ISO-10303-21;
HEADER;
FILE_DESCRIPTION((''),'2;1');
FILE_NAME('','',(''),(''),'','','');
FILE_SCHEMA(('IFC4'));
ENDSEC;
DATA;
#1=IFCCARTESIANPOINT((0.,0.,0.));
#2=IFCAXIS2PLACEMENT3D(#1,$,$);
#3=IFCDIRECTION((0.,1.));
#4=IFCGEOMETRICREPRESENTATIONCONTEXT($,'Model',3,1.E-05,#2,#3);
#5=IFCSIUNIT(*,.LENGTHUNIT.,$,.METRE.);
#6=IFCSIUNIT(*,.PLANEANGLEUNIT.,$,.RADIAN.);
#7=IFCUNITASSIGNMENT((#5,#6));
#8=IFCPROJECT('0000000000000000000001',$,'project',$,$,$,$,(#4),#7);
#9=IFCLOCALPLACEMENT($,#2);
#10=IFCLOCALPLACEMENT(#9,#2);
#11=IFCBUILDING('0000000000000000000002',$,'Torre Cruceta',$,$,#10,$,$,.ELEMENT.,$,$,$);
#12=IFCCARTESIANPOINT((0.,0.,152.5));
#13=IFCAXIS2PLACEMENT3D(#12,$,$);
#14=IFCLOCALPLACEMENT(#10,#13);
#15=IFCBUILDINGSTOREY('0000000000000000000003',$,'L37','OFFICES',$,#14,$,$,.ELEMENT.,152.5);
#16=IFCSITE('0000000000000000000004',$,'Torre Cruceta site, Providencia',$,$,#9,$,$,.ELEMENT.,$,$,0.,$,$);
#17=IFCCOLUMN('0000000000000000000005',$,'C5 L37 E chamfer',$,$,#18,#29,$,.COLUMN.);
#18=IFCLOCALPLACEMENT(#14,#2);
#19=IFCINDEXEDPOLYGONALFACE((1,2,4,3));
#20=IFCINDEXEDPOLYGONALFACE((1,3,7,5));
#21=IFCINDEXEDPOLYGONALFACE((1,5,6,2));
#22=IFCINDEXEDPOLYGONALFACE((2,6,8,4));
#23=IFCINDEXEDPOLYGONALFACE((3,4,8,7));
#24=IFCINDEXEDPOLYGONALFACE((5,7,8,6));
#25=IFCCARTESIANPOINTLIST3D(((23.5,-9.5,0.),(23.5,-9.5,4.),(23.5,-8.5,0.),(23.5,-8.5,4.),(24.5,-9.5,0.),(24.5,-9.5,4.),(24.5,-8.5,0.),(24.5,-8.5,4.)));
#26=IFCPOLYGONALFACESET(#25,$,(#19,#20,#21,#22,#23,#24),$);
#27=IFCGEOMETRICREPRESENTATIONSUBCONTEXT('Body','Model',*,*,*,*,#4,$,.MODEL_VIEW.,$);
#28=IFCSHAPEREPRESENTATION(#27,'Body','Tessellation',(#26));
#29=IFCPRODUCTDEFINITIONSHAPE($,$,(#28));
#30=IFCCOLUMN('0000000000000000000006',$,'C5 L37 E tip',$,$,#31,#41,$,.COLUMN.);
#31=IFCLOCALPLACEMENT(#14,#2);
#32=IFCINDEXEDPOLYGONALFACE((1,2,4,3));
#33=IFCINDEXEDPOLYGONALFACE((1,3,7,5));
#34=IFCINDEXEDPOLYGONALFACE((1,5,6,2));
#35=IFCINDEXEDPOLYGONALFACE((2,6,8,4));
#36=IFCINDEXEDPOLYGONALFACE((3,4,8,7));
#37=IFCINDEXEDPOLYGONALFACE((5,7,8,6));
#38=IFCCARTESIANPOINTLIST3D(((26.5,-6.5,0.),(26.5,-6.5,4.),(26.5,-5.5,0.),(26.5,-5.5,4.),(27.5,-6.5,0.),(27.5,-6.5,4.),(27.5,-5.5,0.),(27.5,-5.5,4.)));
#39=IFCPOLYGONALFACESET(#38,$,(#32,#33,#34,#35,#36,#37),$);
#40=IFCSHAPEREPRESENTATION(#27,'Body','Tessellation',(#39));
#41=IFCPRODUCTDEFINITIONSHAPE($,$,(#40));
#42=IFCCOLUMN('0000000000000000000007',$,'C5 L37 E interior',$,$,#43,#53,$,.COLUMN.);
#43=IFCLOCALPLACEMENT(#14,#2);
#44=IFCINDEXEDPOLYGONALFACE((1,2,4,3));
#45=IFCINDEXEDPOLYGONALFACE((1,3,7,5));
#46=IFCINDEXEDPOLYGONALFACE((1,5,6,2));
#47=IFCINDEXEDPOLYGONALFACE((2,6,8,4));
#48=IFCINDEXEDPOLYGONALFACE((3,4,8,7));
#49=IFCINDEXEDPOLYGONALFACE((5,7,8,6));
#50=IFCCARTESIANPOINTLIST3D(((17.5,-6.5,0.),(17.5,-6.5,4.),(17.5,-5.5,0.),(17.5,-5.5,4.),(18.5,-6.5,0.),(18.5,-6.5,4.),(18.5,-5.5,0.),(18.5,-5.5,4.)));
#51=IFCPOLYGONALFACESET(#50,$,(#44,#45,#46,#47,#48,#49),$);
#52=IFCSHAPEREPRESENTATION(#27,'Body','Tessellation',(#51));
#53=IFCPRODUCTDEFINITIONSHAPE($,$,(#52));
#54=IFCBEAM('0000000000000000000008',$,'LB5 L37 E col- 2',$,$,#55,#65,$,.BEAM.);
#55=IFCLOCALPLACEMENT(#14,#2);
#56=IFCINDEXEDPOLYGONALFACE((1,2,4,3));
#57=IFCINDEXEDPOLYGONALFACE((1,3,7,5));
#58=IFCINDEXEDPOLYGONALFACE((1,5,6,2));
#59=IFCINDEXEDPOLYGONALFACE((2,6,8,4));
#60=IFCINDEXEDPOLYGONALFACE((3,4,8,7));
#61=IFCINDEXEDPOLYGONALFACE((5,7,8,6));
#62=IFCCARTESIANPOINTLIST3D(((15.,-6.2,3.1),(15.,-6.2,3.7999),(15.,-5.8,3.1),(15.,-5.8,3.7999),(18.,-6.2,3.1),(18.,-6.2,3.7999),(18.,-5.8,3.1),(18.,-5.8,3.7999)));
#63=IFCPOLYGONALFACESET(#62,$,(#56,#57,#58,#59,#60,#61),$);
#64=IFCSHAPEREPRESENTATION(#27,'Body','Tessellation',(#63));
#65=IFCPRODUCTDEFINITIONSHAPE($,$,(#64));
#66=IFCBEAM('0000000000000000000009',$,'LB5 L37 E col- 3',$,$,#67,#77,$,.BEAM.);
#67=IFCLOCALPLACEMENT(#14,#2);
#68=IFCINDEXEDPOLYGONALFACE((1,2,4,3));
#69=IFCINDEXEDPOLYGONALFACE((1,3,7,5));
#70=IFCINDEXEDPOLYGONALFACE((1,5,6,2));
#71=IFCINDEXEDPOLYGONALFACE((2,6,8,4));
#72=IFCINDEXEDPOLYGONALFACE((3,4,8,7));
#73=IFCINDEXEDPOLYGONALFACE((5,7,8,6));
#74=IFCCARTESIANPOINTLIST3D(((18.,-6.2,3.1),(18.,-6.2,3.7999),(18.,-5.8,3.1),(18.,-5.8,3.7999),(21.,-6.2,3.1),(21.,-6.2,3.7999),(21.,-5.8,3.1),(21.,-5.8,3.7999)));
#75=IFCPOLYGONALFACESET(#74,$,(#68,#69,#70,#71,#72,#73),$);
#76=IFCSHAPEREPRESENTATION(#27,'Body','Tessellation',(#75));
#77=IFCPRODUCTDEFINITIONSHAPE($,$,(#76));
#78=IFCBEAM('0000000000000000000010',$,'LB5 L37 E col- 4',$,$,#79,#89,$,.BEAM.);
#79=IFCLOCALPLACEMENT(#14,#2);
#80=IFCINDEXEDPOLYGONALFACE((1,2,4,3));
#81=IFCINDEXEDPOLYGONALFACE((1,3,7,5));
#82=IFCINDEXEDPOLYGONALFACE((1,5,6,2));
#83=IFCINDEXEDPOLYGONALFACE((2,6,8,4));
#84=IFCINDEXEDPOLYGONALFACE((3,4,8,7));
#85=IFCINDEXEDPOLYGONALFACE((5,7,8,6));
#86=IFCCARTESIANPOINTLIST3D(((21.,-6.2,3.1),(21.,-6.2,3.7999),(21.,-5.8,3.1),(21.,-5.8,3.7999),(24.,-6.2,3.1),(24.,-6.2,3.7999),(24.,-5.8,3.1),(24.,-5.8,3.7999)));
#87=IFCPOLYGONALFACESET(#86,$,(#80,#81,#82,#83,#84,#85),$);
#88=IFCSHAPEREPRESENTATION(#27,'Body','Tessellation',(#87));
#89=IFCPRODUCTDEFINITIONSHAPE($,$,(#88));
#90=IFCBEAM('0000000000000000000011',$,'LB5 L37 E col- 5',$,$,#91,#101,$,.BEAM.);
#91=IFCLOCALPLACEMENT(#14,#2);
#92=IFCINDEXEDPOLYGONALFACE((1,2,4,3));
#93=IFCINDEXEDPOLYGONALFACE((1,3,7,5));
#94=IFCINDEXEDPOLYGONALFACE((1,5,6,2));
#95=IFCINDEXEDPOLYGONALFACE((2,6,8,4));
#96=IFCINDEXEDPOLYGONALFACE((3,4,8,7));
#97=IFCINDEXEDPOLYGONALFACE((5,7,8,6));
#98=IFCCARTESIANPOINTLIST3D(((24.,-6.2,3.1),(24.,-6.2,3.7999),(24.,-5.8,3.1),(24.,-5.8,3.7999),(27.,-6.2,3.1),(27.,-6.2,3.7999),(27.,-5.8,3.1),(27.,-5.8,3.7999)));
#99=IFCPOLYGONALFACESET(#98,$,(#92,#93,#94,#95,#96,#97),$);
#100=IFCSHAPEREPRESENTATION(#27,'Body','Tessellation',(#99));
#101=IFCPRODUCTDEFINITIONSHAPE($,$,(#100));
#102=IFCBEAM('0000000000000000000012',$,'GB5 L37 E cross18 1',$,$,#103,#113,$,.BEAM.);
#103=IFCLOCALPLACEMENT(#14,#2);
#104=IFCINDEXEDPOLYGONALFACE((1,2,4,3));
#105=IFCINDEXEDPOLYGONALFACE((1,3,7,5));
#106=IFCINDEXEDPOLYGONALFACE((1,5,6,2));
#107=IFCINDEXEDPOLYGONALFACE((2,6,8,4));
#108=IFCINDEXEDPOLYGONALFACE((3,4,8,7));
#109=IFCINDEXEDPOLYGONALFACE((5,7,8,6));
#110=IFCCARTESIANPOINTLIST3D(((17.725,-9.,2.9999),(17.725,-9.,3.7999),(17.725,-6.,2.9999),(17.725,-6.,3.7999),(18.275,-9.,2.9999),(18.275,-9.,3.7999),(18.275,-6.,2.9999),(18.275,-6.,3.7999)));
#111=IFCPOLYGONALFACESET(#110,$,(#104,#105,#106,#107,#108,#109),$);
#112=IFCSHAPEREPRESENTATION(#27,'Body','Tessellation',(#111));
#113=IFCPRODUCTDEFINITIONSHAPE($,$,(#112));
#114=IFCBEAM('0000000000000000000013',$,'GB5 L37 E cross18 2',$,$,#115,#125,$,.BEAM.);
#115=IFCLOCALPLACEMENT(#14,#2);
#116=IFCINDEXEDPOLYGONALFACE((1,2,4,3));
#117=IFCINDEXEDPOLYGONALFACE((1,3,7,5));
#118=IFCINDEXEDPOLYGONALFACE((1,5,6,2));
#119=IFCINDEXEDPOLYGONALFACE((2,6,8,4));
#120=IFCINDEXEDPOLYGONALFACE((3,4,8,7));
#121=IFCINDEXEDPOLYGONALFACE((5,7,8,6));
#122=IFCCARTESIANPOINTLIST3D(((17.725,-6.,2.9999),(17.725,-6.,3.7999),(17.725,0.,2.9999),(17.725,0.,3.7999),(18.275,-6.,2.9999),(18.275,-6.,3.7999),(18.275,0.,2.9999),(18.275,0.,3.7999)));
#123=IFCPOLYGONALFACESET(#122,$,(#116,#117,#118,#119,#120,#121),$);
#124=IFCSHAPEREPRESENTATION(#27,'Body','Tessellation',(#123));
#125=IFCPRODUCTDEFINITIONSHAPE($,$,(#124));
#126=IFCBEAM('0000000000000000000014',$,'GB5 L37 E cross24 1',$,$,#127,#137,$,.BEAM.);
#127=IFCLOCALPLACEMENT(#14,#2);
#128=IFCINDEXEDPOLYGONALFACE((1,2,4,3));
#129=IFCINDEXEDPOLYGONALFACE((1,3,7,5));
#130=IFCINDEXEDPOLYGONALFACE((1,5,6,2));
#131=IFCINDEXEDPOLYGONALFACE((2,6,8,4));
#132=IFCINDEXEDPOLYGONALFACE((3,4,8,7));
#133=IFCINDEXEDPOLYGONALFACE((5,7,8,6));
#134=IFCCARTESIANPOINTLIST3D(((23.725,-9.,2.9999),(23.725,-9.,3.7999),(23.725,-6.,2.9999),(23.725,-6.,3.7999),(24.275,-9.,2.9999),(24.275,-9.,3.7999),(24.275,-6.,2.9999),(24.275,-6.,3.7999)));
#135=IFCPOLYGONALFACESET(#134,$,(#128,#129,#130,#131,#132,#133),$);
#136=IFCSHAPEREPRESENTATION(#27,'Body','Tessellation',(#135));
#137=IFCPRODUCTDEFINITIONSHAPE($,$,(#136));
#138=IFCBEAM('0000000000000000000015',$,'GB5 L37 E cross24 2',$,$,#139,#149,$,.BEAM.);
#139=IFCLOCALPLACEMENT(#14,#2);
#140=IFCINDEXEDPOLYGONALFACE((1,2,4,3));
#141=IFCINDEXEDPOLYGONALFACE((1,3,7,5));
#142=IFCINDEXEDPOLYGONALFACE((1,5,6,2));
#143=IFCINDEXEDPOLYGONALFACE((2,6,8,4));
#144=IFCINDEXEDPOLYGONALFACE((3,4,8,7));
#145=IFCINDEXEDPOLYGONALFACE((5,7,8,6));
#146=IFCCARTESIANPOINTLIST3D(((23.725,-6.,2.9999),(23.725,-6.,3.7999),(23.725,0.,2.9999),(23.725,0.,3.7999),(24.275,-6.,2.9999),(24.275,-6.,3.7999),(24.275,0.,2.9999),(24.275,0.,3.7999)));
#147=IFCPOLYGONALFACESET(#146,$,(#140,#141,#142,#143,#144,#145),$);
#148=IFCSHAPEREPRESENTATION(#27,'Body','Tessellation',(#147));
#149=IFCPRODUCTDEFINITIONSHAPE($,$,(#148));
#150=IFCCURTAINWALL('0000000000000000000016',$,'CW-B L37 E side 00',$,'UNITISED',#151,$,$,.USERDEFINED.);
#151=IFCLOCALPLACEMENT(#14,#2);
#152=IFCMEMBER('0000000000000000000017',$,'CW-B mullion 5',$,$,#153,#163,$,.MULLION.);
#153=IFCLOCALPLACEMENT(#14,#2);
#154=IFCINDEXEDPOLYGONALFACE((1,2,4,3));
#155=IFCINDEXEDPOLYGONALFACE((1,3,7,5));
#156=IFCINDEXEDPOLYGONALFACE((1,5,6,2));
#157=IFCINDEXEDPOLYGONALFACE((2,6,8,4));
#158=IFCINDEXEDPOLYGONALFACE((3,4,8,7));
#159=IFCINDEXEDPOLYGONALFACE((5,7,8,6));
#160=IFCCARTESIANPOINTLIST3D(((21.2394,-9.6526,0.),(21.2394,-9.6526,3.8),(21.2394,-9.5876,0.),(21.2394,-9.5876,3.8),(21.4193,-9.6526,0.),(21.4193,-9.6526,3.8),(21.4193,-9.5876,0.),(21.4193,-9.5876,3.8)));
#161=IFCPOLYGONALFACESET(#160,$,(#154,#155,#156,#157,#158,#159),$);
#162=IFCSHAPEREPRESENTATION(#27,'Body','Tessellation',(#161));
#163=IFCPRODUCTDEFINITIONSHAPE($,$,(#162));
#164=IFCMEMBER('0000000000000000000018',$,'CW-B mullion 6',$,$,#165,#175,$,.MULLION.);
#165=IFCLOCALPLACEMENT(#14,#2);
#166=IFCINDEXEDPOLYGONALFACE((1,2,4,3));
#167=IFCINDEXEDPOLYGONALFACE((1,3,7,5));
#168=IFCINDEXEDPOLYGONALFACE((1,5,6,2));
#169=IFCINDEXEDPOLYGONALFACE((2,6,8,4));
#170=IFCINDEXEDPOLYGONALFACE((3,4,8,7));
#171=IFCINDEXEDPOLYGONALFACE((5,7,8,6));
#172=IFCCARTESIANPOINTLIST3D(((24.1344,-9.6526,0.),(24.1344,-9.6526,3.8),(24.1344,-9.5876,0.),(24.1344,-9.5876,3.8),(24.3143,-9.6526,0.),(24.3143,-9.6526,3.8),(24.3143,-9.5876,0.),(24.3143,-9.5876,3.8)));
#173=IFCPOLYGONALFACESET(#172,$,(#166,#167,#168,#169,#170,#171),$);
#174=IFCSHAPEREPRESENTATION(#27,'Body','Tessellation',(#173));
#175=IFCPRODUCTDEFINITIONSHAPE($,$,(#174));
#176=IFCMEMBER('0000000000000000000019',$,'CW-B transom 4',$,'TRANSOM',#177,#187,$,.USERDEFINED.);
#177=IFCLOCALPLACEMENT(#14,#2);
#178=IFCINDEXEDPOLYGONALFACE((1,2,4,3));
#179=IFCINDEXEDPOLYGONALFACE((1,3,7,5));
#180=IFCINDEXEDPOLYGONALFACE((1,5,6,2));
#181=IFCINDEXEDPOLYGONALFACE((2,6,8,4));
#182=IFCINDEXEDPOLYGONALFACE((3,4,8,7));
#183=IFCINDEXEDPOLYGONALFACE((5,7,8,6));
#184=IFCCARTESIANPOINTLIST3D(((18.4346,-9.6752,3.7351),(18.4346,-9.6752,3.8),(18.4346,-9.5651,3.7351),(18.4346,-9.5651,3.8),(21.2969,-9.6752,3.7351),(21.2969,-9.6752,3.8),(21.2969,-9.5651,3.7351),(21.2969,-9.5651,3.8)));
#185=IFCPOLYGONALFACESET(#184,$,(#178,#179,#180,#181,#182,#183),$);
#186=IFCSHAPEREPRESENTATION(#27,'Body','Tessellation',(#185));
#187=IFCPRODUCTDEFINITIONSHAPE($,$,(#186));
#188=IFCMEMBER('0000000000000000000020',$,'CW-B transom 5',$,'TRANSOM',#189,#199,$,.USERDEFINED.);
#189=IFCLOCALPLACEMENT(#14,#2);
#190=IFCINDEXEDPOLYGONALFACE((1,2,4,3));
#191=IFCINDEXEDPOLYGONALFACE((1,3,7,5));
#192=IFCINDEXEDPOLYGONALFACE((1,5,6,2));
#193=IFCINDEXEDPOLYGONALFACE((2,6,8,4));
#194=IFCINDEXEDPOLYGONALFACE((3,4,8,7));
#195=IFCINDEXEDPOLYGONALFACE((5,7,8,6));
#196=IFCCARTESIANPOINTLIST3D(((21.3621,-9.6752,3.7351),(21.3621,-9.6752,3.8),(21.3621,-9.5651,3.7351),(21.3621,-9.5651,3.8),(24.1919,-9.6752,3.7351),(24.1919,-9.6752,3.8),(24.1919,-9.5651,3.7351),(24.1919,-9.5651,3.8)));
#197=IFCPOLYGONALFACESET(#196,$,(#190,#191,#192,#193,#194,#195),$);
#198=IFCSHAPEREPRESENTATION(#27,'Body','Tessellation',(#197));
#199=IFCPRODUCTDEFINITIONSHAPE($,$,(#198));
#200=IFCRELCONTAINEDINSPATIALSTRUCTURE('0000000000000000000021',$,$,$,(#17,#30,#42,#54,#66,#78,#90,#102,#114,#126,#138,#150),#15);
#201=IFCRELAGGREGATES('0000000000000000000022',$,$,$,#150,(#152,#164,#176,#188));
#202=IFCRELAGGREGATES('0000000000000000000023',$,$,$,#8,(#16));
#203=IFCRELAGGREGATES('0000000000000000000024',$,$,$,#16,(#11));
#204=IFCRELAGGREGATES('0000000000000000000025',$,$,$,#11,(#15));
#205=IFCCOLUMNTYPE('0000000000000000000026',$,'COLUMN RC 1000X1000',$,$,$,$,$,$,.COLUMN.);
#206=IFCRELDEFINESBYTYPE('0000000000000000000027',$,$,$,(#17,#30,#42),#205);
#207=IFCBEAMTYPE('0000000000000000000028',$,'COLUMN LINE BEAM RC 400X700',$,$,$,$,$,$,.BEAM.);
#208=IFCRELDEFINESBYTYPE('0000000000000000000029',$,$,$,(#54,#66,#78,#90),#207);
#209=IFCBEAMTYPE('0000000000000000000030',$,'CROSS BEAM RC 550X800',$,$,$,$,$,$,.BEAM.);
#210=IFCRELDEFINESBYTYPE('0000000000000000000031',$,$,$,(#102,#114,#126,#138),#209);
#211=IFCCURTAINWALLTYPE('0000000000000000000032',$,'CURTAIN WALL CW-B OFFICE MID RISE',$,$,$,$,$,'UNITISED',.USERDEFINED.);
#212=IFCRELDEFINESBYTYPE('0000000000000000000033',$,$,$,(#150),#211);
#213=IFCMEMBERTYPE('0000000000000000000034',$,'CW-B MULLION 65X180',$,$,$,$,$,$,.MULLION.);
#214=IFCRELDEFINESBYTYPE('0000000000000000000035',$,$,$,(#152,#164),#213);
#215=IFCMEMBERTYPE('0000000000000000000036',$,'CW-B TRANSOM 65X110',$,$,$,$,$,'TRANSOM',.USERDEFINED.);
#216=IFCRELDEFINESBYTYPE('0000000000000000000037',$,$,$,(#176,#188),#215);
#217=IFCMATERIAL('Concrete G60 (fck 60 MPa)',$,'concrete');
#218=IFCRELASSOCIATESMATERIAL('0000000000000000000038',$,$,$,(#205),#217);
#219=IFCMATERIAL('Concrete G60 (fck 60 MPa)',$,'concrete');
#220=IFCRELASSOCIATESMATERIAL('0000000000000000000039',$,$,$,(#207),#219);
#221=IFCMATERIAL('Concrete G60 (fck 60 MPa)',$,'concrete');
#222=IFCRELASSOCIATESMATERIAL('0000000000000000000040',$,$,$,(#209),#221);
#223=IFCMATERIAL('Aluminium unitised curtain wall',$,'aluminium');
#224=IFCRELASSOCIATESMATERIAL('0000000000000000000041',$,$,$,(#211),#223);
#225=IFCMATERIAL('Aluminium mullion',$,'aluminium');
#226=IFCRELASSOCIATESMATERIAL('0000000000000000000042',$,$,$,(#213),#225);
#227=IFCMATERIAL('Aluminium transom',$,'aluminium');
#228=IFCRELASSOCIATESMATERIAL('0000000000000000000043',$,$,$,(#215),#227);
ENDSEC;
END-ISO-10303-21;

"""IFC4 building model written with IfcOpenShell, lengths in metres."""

from ifc_helpers import new_model, si_unit, direction, frame, origin, origin_2d, place, context, subcontext, project, spatial, rectangle, extrude, material, material_profile, profile_set, type_object, element, aggregate, save


model = new_model("IFC4")

# Units and contexts
model_context = context("Model", 3, precision=1e-05, world=origin(), true_north=direction((0.0, 1.0)))
body_context = subcontext(model_context, "Body", "Model", "MODEL_VIEW")
ifc_project = project(units=[si_unit("LENGTHUNIT", "METRE"), si_unit("PLANEANGLEUNIT", "RADIAN")], contexts=[model_context])

# Site, building, storey
site_placement = place(None, origin())
site = spatial("IfcSite", under=ifc_project, at=site_placement, Name="Torre Cruceta site, Providencia", CompositionType="ELEMENT", RefElevation=0.0)
building_placement = place(site_placement, origin())
building = spatial("IfcBuilding", under=site, at=building_placement, Name="Torre Cruceta", CompositionType="ELEMENT")
storey_placement = place(building_placement, frame((0.0, 0.0, 152.5)))
storey = spatial("IfcBuildingStorey", under=building, at=storey_placement, Name="L37", Description="OFFICES", CompositionType="ELEMENT", Elevation=152.5)

# Columns
ifc_material_1 = material(Name="Concrete G60 (fck 60 MPa)", Category="concrete")
ifc_material_profile_1 = material_profile(ifc_material_1, rectangle(XDim=1.0, YDim=1.0, at=origin_2d()), Name="RC 1000X1000")
ifc_profile_set_1 = profile_set([ifc_material_profile_1], Name="Concrete G60 (fck 60 MPa)")
column_type = type_object("IfcColumnType", Name="COLUMN RC 1000X1000", PredefinedType="COLUMN", material=ifc_profile_set_1)
for number, where, z_axis, x_axis, name in (
    (1, (24.0, -9.0, 0.0), (0.0, 0.0, 1.0), (1.0, 0.0, 0.0), "C5 L37 E chamfer"),
    (2, (27.0, -6.0, 0.0), (0.0, 0.0, 1.0), (1.0, 0.0, 0.0), "C5 L37 E tip"),
    (3, (18.0, -6.0, 0.0), (0.0, 0.0, 1.0), (1.0, 0.0, 0.0), "C5 L37 E interior"),
):
    element("IfcColumn", number, at=place(storey_placement, frame(where, z_axis=z_axis, x_axis=x_axis)), inside=storey, type_object=column_type, Name=name, PredefinedType="COLUMN", context=body_context, shape_type="SweptSolid", body=[
        extrude(rectangle(XDim=1.0, YDim=1.0, at=origin_2d()), origin(), (0.0, 0.0, 1.0), 4.0),
    ])

# Beams
ifc_material_2 = material(Name="Concrete G60 (fck 60 MPa)", Category="concrete")
ifc_material_profile_2 = material_profile(ifc_material_2, rectangle(XDim=0.3999, YDim=0.7, at=origin_2d()), Name="RC 400X700")
ifc_profile_set_2 = profile_set([ifc_material_profile_2], Name="Concrete G60 (fck 60 MPa)")
beam_type_1 = type_object("IfcBeamType", Name="COLUMN LINE BEAM RC 400X700", PredefinedType="BEAM", material=ifc_profile_set_2)
for number, where, z_axis, x_axis, name in (
    (4, (15.0, -6.0, 3.45), (1.0, 0.0, 0.0), (0.0, 1.0, 0.0), "LB5 L37 E col- 2"),
    (5, (18.0, -6.0, 3.45), (1.0, 0.0, 0.0), (0.0, 1.0, 0.0), "LB5 L37 E col- 3"),
    (6, (21.0, -6.0, 3.45), (1.0, 0.0, 0.0), (0.0, 1.0, 0.0), "LB5 L37 E col- 4"),
    (7, (24.0, -6.0, 3.45), (1.0, 0.0, 0.0), (0.0, 1.0, 0.0), "LB5 L37 E col- 5"),
):
    element("IfcBeam", number, at=place(storey_placement, frame(where, z_axis=z_axis, x_axis=x_axis)), inside=storey, type_object=beam_type_1, Name=name, PredefinedType="BEAM", context=body_context, shape_type="SweptSolid", body=[
        extrude(rectangle(XDim=0.3999, YDim=0.7, at=origin_2d()), origin(), (0.0, 0.0, 1.0), 3.0),
    ])
ifc_material_3 = material(Name="Concrete G60 (fck 60 MPa)", Category="concrete")
ifc_material_profile_3 = material_profile(ifc_material_3, rectangle(XDim=0.55, YDim=0.8, at=origin_2d()), Name="RC 550X800")
ifc_profile_set_3 = profile_set([ifc_material_profile_3], Name="Concrete G60 (fck 60 MPa)")
beam_type_2 = type_object("IfcBeamType", Name="CROSS BEAM RC 550X800", PredefinedType="BEAM", material=ifc_profile_set_3)
beam_1_placement = place(storey_placement, frame((18.0, -9.0, 3.3999), z_axis=(0.0, 1.0, 0.0), x_axis=(-1.0, 0.0, 0.0)))
element("IfcBeam", 8, at=beam_1_placement, inside=storey, type_object=beam_type_2, Name="GB5 L37 E cross18 1", PredefinedType="BEAM", context=body_context, shape_type="SweptSolid", body=[
    extrude(rectangle(XDim=0.55, YDim=0.8, at=origin_2d()), origin(), (0.0, 0.0, 1.0), 3.0),
])
beam_2_placement = place(storey_placement, frame((18.0, -6.0, 3.3999), z_axis=(0.0, 1.0, 0.0), x_axis=(-1.0, 0.0, 0.0)))
element("IfcBeam", 9, at=beam_2_placement, inside=storey, type_object=beam_type_2, Name="GB5 L37 E cross18 2", PredefinedType="BEAM", context=body_context, shape_type="SweptSolid", body=[
    extrude(rectangle(XDim=0.55, YDim=0.8, at=origin_2d()), origin(), (0.0, 0.0, 1.0), 6.0),
])
beam_3_placement = place(storey_placement, frame((24.0, -9.0, 3.3999), z_axis=(0.0, 1.0, 0.0), x_axis=(-1.0, 0.0, 0.0)))
element("IfcBeam", 10, at=beam_3_placement, inside=storey, type_object=beam_type_2, Name="GB5 L37 E cross24 1", PredefinedType="BEAM", context=body_context, shape_type="SweptSolid", body=[
    extrude(rectangle(XDim=0.55, YDim=0.8, at=origin_2d()), origin(), (0.0, 0.0, 1.0), 3.0),
])
beam_4_placement = place(storey_placement, frame((24.0, -6.0, 3.3999), z_axis=(0.0, 1.0, 0.0), x_axis=(-1.0, 0.0, 0.0)))
element("IfcBeam", 11, at=beam_4_placement, inside=storey, type_object=beam_type_2, Name="GB5 L37 E cross24 2", PredefinedType="BEAM", context=body_context, shape_type="SweptSolid", body=[
    extrude(rectangle(XDim=0.55, YDim=0.8, at=origin_2d()), origin(), (0.0, 0.0, 1.0), 6.0),
])

# Curtain wall, members
ifc_material_4 = material(Name="Aluminium unitised curtain wall", Category="aluminium")
curtain_wall_type = type_object("IfcCurtainWallType", Name="CURTAIN WALL CW-B OFFICE MID RISE", ElementType="UNITISED", PredefinedType="USERDEFINED", material=ifc_material_4)
curtain_wall_placement = place(storey_placement, origin())
curtain_wall = element("IfcCurtainWall", 12, at=curtain_wall_placement, inside=storey, type_object=curtain_wall_type, Name="CW-B L37 E side 00", ObjectType="UNITISED", PredefinedType="USERDEFINED")
ifc_material_5 = material(Name="Aluminium mullion", Category="aluminium")
ifc_material_profile_4 = material_profile(ifc_material_5, rectangle(XDim=0.0649, YDim=0.1799, at=origin_2d()), Name="AL 65X180")
ifc_profile_set_4 = profile_set([ifc_material_profile_4], Name="Aluminium mullion")
member_type_1 = type_object("IfcMemberType", Name="CW-B MULLION 65X180", PredefinedType="MULLION", material=ifc_profile_set_4)
member_1_placement = place(storey_placement, frame((21.3293, -9.6201, 0.0), z_axis=(0.0, 0.0, 1.0), x_axis=(0.0, 1.0, 0.0)))
member_1 = element("IfcMember", 13, at=member_1_placement, type_object=member_type_1, Name="CW-B mullion 5", PredefinedType="MULLION", context=body_context, shape_type="SweptSolid", body=[
    extrude(rectangle(XDim=0.0649, YDim=0.1799, at=origin_2d()), origin(), (0.0, 0.0, 1.0), 3.8),
])
member_2_placement = place(storey_placement, frame((24.2244, -9.6201, 0.0), z_axis=(0.0, 0.0, 1.0), x_axis=(0.0, 1.0, 0.0)))
member_2 = element("IfcMember", 14, at=member_2_placement, type_object=member_type_1, Name="CW-B mullion 6", PredefinedType="MULLION", context=body_context, shape_type="SweptSolid", body=[
    extrude(rectangle(XDim=0.0649, YDim=0.1799, at=origin_2d()), origin(), (0.0, 0.0, 1.0), 3.8),
])
ifc_material_6 = material(Name="Aluminium transom", Category="aluminium")
ifc_material_profile_5 = material_profile(ifc_material_6, rectangle(XDim=0.1101, YDim=0.0649, at=origin_2d()), Name="AL 110X65")
ifc_profile_set_5 = profile_set([ifc_material_profile_5], Name="Aluminium transom")
member_type_2 = type_object("IfcMemberType", Name="CW-B TRANSOM 65X110", ElementType="TRANSOM", PredefinedType="USERDEFINED", material=ifc_profile_set_5)
member_3_placement = place(storey_placement, frame((18.4346, -9.6201, 3.7676), z_axis=(1.0, 0.0, 0.0), x_axis=(0.0, 1.0, 0.0)))
member_3 = element("IfcMember", 15, at=member_3_placement, type_object=member_type_2, Name="CW-B transom 4", ObjectType="TRANSOM", PredefinedType="USERDEFINED", context=body_context, shape_type="SweptSolid", body=[
    extrude(rectangle(XDim=0.1101, YDim=0.0649, at=origin_2d()), origin(), (0.0, 0.0, 1.0), 2.8623),
])
member_4_placement = place(storey_placement, frame((21.3621, -9.6201, 3.7676), z_axis=(1.0, 0.0, 0.0), x_axis=(0.0, 1.0, 0.0)))
member_4 = element("IfcMember", 16, at=member_4_placement, type_object=member_type_2, Name="CW-B transom 5", ObjectType="TRANSOM", PredefinedType="USERDEFINED", context=body_context, shape_type="SweptSolid", body=[
    extrude(rectangle(XDim=0.1101, YDim=0.0649, at=origin_2d()), origin(), (0.0, 0.0, 1.0), 2.8298),
])

aggregate(curtain_wall, [member_1, member_2, member_3, member_4])

save(model, "model.ifc")
